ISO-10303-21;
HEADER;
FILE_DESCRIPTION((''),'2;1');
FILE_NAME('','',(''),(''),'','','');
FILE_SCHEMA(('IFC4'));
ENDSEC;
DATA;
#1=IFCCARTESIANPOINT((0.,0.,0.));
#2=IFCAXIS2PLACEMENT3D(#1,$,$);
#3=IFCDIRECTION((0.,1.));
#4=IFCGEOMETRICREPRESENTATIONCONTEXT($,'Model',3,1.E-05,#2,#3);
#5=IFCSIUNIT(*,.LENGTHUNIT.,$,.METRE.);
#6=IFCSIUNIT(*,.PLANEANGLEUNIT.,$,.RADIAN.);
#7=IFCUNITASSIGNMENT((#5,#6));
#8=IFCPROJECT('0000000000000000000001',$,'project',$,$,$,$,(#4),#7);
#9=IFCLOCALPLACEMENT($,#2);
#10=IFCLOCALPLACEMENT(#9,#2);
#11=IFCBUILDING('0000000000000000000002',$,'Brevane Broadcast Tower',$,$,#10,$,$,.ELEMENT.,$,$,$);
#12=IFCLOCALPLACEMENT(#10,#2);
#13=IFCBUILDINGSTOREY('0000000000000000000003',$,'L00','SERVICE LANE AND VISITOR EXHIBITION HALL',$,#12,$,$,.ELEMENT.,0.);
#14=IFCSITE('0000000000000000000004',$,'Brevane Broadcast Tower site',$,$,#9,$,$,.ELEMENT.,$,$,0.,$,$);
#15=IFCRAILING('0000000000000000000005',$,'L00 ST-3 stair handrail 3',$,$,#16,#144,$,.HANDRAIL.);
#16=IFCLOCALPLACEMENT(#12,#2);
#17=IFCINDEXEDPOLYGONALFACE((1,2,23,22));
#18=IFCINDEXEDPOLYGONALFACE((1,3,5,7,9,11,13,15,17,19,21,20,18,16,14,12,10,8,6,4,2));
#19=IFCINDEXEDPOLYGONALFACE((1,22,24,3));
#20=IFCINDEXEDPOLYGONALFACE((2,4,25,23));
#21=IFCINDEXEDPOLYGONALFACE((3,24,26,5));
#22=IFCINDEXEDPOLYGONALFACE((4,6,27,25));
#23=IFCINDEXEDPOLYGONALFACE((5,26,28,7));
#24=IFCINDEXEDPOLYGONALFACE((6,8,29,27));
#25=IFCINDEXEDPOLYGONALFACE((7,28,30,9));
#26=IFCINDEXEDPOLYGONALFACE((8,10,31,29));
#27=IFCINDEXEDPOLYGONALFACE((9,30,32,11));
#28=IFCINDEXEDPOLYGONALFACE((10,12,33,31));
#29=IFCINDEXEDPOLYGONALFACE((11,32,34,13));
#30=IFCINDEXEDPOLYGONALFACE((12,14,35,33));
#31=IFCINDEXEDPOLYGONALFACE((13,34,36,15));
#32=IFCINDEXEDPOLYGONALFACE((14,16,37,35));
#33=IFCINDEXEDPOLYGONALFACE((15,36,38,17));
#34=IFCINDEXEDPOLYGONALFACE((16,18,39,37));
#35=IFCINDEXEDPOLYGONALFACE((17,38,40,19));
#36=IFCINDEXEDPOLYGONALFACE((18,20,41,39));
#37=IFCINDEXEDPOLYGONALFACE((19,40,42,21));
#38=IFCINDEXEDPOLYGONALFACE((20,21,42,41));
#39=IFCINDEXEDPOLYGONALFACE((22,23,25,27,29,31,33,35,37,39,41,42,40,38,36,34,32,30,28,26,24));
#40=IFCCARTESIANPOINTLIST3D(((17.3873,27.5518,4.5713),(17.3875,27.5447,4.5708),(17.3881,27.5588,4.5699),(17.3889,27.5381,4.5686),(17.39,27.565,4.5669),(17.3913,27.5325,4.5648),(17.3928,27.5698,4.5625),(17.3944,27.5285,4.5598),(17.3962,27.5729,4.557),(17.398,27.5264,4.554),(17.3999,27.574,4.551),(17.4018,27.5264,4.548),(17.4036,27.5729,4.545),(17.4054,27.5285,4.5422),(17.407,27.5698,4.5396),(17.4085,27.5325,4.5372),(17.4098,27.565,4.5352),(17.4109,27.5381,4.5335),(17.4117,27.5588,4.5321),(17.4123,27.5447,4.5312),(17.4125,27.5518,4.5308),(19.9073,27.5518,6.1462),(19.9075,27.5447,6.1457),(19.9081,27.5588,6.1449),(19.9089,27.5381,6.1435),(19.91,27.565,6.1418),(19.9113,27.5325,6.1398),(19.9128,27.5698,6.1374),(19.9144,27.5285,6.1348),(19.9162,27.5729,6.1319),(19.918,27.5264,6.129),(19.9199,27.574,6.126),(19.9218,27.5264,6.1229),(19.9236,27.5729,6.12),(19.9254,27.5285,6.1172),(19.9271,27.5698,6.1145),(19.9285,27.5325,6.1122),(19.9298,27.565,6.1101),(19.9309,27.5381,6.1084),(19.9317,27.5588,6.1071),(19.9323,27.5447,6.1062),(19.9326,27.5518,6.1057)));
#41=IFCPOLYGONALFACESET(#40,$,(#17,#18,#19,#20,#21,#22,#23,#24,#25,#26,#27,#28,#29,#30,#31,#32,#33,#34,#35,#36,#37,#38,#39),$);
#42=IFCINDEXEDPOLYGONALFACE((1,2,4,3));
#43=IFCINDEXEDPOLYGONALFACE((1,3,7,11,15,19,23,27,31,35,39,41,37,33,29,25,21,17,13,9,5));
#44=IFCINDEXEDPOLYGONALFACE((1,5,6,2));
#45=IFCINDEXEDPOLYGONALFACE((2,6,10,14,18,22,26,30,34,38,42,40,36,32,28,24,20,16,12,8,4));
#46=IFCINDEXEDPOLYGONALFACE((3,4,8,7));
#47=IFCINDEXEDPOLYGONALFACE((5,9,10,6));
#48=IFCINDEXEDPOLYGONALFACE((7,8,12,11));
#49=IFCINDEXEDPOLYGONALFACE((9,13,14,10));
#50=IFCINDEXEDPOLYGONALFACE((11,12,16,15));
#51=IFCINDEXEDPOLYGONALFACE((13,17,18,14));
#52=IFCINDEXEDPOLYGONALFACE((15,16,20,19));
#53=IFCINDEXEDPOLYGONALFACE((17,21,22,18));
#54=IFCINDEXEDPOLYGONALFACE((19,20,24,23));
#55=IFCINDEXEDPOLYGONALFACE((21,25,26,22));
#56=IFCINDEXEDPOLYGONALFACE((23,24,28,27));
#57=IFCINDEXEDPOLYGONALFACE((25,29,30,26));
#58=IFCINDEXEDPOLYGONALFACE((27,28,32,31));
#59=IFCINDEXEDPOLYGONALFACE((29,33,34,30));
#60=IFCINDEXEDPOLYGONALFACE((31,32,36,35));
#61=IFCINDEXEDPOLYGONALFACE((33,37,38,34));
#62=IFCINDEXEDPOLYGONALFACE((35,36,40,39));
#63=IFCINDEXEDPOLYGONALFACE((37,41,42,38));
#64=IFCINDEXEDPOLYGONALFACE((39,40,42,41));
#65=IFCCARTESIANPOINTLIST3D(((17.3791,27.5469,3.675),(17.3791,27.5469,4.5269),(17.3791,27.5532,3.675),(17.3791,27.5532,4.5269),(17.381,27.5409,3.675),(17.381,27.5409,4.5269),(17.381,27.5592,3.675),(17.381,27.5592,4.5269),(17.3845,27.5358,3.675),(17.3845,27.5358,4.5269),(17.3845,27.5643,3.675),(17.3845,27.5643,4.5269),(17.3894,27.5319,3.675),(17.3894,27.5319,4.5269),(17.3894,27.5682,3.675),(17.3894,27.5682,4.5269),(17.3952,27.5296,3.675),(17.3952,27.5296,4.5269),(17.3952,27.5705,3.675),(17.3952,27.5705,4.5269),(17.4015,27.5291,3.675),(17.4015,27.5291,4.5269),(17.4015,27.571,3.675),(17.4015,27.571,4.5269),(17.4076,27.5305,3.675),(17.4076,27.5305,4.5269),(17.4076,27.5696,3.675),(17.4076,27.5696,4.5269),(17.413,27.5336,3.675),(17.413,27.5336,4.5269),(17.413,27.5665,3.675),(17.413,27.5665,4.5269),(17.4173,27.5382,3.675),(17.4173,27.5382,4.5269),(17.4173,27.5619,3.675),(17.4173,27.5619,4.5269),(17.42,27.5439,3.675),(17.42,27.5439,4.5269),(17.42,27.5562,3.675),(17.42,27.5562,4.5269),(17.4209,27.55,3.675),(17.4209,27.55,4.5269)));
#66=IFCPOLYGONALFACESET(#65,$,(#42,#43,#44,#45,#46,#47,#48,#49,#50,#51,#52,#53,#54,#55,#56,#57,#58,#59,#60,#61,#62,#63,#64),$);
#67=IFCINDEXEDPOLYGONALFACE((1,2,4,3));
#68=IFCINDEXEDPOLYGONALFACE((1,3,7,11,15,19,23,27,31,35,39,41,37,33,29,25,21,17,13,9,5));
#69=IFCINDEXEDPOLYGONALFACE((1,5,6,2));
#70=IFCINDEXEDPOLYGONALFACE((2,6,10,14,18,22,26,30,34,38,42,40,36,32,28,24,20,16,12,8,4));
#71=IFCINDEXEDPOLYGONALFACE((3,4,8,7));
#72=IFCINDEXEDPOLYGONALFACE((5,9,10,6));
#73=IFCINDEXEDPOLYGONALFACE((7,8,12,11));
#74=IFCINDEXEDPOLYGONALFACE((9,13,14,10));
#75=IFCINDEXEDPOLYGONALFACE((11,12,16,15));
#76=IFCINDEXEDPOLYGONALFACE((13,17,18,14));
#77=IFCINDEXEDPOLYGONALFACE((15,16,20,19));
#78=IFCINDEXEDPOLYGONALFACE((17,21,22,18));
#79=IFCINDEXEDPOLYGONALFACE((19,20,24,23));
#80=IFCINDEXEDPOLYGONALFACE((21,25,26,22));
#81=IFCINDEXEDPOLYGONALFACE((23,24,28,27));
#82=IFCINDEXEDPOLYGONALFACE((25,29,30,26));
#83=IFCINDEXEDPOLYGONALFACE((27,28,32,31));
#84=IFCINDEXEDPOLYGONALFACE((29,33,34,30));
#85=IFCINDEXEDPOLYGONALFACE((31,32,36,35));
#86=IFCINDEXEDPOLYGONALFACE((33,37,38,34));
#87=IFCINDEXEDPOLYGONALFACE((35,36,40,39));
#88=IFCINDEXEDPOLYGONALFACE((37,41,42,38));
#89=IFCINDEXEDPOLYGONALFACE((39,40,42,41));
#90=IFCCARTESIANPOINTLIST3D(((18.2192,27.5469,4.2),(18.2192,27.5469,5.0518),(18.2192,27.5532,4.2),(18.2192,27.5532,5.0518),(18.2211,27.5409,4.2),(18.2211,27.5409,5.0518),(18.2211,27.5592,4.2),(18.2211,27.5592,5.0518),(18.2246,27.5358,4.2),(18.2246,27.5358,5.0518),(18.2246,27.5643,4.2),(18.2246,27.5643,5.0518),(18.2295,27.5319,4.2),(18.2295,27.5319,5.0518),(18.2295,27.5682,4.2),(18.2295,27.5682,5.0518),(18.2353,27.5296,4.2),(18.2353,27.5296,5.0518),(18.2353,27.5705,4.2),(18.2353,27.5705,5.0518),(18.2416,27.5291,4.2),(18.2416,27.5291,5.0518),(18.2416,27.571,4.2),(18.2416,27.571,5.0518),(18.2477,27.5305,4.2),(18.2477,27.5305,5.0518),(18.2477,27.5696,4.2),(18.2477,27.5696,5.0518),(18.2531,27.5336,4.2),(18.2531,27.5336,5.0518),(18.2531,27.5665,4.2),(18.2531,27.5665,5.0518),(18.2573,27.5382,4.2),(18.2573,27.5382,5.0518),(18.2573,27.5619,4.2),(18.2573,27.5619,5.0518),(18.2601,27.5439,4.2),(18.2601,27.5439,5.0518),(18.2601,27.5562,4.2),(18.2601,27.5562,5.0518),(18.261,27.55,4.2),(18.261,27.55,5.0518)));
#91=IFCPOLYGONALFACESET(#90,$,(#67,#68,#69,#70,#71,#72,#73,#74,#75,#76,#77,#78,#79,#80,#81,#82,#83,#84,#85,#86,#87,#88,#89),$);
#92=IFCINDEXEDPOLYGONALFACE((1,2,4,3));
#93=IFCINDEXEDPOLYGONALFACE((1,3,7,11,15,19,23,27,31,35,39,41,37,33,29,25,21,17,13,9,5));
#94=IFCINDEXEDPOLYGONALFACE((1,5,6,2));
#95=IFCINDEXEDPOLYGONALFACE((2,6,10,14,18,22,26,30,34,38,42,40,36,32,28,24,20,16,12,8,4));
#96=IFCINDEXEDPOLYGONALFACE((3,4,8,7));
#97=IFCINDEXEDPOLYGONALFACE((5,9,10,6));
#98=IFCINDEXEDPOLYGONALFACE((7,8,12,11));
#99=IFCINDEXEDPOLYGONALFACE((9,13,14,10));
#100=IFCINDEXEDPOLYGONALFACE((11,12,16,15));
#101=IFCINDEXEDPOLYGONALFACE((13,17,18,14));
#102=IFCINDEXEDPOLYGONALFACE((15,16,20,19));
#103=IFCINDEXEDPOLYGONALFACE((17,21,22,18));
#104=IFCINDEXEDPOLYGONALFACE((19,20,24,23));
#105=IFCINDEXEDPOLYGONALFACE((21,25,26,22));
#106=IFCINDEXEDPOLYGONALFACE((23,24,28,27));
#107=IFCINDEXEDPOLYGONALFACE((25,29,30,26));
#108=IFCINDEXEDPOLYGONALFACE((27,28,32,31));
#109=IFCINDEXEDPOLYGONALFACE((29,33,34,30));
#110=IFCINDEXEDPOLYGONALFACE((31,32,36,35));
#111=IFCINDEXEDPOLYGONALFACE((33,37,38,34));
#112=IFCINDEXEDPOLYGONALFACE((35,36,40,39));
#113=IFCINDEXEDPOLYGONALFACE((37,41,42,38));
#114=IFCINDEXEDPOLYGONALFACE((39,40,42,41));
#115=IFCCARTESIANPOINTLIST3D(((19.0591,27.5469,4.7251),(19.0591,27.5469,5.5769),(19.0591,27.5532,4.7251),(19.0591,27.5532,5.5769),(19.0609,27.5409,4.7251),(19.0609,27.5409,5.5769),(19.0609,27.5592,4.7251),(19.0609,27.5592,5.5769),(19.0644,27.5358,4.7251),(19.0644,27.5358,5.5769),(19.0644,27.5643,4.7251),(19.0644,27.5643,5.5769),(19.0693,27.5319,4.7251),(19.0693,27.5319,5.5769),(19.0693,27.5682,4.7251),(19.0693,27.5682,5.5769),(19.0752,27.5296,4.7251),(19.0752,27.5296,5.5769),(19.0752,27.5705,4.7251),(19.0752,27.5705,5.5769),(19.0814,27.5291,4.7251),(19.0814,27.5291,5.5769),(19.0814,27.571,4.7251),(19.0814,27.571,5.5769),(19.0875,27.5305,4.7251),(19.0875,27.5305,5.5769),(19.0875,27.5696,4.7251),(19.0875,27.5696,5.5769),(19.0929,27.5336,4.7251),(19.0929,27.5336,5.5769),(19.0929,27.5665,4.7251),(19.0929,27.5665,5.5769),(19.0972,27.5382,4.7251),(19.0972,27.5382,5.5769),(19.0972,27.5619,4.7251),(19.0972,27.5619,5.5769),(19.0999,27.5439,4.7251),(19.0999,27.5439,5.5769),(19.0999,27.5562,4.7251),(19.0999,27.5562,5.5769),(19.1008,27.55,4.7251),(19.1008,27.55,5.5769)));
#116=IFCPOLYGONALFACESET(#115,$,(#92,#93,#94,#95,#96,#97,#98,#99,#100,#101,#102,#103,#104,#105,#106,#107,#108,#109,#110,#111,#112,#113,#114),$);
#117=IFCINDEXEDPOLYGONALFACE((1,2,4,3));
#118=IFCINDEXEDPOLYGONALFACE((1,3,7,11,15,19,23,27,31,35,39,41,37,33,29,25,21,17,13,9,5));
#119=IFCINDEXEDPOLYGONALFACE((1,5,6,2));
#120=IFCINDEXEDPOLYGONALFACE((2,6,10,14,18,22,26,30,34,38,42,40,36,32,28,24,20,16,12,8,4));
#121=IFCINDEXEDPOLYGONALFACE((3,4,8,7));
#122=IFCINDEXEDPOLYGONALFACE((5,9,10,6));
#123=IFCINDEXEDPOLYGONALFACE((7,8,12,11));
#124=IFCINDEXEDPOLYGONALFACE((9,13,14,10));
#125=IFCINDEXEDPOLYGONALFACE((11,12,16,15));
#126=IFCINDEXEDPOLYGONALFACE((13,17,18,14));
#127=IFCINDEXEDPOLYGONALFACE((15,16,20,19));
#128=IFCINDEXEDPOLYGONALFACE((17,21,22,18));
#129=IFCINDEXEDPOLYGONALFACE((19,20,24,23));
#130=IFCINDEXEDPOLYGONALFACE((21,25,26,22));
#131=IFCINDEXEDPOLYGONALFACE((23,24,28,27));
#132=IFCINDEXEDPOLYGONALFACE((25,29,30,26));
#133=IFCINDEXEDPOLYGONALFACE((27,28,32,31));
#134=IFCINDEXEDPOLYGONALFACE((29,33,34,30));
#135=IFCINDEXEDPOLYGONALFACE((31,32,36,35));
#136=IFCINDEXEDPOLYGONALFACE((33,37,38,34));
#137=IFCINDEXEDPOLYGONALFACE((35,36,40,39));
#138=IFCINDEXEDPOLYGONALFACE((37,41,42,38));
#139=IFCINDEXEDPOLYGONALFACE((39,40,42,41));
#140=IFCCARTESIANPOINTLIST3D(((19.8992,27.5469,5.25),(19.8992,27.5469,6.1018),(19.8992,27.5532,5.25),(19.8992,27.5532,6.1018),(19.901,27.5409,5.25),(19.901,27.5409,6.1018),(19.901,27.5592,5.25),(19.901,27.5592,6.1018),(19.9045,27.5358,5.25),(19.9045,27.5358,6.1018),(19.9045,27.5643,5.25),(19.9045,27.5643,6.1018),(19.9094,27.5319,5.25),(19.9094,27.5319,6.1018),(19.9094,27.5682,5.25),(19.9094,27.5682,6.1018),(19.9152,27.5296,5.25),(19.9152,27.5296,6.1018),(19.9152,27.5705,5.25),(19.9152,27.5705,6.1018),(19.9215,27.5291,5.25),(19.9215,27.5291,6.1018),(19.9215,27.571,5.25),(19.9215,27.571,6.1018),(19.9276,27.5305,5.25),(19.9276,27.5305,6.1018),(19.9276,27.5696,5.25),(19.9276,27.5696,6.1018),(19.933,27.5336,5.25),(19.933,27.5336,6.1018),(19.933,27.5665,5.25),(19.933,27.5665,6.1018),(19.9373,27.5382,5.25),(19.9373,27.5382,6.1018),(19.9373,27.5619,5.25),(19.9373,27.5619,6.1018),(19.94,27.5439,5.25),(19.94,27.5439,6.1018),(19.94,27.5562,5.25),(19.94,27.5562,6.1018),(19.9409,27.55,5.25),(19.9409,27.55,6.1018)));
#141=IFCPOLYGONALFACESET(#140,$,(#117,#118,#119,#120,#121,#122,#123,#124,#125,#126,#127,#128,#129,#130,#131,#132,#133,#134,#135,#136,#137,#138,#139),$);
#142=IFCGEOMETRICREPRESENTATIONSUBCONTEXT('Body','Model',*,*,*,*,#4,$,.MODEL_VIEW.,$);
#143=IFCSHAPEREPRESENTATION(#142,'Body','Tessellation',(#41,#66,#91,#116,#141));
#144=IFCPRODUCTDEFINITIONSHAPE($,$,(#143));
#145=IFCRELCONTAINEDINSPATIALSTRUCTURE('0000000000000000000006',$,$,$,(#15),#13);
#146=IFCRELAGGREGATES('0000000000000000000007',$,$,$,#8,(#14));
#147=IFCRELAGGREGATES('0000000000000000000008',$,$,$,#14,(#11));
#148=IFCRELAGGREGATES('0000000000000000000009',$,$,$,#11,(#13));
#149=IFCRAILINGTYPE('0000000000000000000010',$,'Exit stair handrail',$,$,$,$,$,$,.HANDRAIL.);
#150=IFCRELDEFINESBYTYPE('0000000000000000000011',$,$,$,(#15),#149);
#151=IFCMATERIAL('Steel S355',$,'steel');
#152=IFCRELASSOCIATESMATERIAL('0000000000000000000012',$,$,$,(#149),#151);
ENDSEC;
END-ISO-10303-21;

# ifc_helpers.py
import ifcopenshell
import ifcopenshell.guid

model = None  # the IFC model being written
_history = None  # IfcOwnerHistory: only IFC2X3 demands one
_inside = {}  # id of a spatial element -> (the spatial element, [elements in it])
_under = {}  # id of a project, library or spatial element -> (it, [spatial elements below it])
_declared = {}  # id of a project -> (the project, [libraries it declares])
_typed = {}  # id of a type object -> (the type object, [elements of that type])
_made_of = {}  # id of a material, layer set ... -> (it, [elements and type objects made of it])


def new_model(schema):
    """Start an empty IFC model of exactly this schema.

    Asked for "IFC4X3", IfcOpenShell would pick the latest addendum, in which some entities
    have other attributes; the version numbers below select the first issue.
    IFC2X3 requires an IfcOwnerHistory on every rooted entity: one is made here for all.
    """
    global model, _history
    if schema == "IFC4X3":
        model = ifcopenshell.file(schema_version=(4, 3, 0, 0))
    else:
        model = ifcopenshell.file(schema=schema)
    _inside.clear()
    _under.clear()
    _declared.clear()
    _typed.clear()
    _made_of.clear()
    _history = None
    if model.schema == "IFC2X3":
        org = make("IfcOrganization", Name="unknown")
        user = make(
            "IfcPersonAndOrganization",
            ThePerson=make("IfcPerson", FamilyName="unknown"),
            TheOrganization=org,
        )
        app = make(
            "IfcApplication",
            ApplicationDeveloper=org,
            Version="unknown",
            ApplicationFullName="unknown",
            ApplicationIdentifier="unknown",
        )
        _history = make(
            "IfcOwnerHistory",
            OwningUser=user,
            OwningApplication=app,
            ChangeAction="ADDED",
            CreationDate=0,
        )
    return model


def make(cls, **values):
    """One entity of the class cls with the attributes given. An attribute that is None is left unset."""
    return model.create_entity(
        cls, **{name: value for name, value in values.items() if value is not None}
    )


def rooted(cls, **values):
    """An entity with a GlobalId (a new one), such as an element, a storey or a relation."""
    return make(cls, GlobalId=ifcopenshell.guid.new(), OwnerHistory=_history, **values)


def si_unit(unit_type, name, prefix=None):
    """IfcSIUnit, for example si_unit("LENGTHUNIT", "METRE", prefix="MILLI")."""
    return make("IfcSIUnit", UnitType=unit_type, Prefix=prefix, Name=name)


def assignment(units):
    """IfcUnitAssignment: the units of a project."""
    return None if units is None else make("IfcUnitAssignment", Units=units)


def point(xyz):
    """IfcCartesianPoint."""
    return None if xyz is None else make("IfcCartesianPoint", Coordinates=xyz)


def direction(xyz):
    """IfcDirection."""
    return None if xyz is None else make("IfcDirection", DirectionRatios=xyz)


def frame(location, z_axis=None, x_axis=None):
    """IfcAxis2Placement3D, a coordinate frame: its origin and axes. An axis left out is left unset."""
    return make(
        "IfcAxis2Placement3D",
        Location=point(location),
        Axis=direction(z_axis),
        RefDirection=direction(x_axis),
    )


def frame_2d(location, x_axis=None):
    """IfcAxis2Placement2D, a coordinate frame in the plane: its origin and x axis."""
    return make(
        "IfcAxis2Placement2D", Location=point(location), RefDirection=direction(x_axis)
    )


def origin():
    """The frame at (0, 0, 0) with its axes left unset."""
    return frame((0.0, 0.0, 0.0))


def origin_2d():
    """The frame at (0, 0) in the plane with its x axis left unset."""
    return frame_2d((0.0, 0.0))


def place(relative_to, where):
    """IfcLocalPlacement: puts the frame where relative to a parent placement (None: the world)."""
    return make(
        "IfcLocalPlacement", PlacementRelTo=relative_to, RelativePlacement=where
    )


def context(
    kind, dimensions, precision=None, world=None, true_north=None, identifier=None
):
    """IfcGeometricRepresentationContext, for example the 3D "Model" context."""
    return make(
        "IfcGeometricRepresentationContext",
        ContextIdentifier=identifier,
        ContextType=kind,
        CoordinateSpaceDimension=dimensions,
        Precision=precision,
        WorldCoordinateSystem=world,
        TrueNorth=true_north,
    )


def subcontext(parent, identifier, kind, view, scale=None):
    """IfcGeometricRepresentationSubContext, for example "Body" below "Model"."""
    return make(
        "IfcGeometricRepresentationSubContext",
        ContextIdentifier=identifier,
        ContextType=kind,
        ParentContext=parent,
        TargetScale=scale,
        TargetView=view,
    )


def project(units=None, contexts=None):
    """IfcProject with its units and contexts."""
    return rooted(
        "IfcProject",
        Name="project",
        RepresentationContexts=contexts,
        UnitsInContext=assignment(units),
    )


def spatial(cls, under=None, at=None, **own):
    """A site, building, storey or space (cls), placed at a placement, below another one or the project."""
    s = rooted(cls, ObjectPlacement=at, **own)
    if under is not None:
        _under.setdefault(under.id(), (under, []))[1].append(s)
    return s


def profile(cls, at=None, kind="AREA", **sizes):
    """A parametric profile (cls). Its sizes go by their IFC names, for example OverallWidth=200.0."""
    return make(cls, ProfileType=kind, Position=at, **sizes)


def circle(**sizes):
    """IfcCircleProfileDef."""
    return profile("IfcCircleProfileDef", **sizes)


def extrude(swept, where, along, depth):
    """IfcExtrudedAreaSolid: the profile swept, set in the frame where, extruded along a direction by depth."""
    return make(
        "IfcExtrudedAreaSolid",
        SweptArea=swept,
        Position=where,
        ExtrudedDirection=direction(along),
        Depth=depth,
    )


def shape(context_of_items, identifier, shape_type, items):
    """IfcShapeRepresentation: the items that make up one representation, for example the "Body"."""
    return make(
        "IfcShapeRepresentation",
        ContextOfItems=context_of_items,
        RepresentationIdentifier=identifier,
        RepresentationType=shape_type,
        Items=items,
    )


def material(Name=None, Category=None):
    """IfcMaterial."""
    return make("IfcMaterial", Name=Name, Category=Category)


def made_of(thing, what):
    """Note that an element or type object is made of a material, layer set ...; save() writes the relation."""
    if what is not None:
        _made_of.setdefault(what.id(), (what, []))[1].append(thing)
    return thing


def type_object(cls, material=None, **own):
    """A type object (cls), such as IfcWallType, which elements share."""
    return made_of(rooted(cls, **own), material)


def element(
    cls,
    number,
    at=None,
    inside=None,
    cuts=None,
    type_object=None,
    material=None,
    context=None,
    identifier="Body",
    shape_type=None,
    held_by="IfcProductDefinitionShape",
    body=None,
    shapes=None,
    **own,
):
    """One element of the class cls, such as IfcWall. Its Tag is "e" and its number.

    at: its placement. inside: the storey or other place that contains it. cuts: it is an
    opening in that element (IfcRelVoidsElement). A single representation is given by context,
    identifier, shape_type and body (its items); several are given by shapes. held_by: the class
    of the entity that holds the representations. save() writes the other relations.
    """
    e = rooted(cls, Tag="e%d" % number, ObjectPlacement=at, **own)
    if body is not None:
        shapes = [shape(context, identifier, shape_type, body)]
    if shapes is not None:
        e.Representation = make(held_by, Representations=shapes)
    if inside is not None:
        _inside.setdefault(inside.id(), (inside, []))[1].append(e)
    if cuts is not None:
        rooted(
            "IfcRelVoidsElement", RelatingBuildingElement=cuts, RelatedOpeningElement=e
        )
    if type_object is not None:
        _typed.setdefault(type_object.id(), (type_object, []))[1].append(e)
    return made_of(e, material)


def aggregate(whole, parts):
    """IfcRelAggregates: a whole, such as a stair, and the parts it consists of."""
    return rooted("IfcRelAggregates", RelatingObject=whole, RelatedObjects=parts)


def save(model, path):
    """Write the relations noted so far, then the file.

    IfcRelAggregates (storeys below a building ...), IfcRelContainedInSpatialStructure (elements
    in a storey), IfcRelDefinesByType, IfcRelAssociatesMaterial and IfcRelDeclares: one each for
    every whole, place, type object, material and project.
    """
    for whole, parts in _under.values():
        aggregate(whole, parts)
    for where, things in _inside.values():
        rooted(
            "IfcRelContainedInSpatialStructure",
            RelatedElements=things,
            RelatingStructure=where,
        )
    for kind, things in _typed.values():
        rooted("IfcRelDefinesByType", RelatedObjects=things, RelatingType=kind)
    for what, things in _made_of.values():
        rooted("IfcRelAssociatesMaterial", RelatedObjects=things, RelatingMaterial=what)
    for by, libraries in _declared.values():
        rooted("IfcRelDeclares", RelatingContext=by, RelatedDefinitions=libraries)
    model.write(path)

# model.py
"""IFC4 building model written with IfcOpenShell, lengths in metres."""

from ifc_helpers import new_model, si_unit, direction, frame, origin, origin_2d, place, context, subcontext, project, spatial, circle, extrude, material, type_object, element, save


model = new_model("IFC4")

# Units and contexts
model_context = context("Model", 3, precision=1e-05, world=origin(), true_north=direction((0.0, 1.0)))
body_context = subcontext(model_context, "Body", "Model", "MODEL_VIEW")
ifc_project = project(units=[si_unit("LENGTHUNIT", "METRE"), si_unit("PLANEANGLEUNIT", "RADIAN")], contexts=[model_context])

# Site, building, storey
site_placement = place(None, origin())
site = spatial("IfcSite", under=ifc_project, at=site_placement, Name="Brevane Broadcast Tower site", CompositionType="ELEMENT", RefElevation=0.0)
building_placement = place(site_placement, origin())
building = spatial("IfcBuilding", under=site, at=building_placement, Name="Brevane Broadcast Tower", CompositionType="ELEMENT")
storey_placement = place(building_placement, origin())
storey = spatial("IfcBuildingStorey", under=building, at=storey_placement, Name="L00", Description="SERVICE LANE AND VISITOR EXHIBITION HALL", CompositionType="ELEMENT", Elevation=0.0)

# Railing
ifc_material_1 = material(Name="Steel S355", Category="steel")
railing_type_1 = type_object("IfcRailingType", Name="Exit stair handrail", PredefinedType="HANDRAIL", material=ifc_material_1)
for number, where, name in (
    (1, (17.3999, 27.55, 3.675), "L00 ST-3 stair handrail 3"),
):
    element("IfcRailing", number, at=place(storey_placement, frame(where)), inside=storey, type_object=railing_type_1, Name=name, PredefinedType="HANDRAIL", context=body_context, shape_type="SweptSolid", body=[
        extrude(circle(Radius=0.0239, at=origin_2d()), frame((0.0, 0.0, 0.876), z_axis=(0.848008, 0.0, 0.529984), x_axis=(0.0, 1.0, 0.0)), (0.0, 0.0, 1.0), 2.9717),
        extrude(circle(Radius=0.021, at=origin_2d()), origin(), (0.0, 0.0, 1.0), 0.8518),
        extrude(circle(Radius=0.021, at=origin_2d()), frame((0.8401, 0.0, 0.5249)), (0.0, 0.0, 1.0), 0.8518),
        extrude(circle(Radius=0.021, at=origin_2d()), frame((1.6799, 0.0, 1.05)), (0.0, 0.0, 1.0), 0.8518),
        extrude(circle(Radius=0.021, at=origin_2d()), frame((2.52, 0.0, 1.575)), (0.0, 0.0, 1.0), 0.8518),
    ])

save(model, "model.ifc")
